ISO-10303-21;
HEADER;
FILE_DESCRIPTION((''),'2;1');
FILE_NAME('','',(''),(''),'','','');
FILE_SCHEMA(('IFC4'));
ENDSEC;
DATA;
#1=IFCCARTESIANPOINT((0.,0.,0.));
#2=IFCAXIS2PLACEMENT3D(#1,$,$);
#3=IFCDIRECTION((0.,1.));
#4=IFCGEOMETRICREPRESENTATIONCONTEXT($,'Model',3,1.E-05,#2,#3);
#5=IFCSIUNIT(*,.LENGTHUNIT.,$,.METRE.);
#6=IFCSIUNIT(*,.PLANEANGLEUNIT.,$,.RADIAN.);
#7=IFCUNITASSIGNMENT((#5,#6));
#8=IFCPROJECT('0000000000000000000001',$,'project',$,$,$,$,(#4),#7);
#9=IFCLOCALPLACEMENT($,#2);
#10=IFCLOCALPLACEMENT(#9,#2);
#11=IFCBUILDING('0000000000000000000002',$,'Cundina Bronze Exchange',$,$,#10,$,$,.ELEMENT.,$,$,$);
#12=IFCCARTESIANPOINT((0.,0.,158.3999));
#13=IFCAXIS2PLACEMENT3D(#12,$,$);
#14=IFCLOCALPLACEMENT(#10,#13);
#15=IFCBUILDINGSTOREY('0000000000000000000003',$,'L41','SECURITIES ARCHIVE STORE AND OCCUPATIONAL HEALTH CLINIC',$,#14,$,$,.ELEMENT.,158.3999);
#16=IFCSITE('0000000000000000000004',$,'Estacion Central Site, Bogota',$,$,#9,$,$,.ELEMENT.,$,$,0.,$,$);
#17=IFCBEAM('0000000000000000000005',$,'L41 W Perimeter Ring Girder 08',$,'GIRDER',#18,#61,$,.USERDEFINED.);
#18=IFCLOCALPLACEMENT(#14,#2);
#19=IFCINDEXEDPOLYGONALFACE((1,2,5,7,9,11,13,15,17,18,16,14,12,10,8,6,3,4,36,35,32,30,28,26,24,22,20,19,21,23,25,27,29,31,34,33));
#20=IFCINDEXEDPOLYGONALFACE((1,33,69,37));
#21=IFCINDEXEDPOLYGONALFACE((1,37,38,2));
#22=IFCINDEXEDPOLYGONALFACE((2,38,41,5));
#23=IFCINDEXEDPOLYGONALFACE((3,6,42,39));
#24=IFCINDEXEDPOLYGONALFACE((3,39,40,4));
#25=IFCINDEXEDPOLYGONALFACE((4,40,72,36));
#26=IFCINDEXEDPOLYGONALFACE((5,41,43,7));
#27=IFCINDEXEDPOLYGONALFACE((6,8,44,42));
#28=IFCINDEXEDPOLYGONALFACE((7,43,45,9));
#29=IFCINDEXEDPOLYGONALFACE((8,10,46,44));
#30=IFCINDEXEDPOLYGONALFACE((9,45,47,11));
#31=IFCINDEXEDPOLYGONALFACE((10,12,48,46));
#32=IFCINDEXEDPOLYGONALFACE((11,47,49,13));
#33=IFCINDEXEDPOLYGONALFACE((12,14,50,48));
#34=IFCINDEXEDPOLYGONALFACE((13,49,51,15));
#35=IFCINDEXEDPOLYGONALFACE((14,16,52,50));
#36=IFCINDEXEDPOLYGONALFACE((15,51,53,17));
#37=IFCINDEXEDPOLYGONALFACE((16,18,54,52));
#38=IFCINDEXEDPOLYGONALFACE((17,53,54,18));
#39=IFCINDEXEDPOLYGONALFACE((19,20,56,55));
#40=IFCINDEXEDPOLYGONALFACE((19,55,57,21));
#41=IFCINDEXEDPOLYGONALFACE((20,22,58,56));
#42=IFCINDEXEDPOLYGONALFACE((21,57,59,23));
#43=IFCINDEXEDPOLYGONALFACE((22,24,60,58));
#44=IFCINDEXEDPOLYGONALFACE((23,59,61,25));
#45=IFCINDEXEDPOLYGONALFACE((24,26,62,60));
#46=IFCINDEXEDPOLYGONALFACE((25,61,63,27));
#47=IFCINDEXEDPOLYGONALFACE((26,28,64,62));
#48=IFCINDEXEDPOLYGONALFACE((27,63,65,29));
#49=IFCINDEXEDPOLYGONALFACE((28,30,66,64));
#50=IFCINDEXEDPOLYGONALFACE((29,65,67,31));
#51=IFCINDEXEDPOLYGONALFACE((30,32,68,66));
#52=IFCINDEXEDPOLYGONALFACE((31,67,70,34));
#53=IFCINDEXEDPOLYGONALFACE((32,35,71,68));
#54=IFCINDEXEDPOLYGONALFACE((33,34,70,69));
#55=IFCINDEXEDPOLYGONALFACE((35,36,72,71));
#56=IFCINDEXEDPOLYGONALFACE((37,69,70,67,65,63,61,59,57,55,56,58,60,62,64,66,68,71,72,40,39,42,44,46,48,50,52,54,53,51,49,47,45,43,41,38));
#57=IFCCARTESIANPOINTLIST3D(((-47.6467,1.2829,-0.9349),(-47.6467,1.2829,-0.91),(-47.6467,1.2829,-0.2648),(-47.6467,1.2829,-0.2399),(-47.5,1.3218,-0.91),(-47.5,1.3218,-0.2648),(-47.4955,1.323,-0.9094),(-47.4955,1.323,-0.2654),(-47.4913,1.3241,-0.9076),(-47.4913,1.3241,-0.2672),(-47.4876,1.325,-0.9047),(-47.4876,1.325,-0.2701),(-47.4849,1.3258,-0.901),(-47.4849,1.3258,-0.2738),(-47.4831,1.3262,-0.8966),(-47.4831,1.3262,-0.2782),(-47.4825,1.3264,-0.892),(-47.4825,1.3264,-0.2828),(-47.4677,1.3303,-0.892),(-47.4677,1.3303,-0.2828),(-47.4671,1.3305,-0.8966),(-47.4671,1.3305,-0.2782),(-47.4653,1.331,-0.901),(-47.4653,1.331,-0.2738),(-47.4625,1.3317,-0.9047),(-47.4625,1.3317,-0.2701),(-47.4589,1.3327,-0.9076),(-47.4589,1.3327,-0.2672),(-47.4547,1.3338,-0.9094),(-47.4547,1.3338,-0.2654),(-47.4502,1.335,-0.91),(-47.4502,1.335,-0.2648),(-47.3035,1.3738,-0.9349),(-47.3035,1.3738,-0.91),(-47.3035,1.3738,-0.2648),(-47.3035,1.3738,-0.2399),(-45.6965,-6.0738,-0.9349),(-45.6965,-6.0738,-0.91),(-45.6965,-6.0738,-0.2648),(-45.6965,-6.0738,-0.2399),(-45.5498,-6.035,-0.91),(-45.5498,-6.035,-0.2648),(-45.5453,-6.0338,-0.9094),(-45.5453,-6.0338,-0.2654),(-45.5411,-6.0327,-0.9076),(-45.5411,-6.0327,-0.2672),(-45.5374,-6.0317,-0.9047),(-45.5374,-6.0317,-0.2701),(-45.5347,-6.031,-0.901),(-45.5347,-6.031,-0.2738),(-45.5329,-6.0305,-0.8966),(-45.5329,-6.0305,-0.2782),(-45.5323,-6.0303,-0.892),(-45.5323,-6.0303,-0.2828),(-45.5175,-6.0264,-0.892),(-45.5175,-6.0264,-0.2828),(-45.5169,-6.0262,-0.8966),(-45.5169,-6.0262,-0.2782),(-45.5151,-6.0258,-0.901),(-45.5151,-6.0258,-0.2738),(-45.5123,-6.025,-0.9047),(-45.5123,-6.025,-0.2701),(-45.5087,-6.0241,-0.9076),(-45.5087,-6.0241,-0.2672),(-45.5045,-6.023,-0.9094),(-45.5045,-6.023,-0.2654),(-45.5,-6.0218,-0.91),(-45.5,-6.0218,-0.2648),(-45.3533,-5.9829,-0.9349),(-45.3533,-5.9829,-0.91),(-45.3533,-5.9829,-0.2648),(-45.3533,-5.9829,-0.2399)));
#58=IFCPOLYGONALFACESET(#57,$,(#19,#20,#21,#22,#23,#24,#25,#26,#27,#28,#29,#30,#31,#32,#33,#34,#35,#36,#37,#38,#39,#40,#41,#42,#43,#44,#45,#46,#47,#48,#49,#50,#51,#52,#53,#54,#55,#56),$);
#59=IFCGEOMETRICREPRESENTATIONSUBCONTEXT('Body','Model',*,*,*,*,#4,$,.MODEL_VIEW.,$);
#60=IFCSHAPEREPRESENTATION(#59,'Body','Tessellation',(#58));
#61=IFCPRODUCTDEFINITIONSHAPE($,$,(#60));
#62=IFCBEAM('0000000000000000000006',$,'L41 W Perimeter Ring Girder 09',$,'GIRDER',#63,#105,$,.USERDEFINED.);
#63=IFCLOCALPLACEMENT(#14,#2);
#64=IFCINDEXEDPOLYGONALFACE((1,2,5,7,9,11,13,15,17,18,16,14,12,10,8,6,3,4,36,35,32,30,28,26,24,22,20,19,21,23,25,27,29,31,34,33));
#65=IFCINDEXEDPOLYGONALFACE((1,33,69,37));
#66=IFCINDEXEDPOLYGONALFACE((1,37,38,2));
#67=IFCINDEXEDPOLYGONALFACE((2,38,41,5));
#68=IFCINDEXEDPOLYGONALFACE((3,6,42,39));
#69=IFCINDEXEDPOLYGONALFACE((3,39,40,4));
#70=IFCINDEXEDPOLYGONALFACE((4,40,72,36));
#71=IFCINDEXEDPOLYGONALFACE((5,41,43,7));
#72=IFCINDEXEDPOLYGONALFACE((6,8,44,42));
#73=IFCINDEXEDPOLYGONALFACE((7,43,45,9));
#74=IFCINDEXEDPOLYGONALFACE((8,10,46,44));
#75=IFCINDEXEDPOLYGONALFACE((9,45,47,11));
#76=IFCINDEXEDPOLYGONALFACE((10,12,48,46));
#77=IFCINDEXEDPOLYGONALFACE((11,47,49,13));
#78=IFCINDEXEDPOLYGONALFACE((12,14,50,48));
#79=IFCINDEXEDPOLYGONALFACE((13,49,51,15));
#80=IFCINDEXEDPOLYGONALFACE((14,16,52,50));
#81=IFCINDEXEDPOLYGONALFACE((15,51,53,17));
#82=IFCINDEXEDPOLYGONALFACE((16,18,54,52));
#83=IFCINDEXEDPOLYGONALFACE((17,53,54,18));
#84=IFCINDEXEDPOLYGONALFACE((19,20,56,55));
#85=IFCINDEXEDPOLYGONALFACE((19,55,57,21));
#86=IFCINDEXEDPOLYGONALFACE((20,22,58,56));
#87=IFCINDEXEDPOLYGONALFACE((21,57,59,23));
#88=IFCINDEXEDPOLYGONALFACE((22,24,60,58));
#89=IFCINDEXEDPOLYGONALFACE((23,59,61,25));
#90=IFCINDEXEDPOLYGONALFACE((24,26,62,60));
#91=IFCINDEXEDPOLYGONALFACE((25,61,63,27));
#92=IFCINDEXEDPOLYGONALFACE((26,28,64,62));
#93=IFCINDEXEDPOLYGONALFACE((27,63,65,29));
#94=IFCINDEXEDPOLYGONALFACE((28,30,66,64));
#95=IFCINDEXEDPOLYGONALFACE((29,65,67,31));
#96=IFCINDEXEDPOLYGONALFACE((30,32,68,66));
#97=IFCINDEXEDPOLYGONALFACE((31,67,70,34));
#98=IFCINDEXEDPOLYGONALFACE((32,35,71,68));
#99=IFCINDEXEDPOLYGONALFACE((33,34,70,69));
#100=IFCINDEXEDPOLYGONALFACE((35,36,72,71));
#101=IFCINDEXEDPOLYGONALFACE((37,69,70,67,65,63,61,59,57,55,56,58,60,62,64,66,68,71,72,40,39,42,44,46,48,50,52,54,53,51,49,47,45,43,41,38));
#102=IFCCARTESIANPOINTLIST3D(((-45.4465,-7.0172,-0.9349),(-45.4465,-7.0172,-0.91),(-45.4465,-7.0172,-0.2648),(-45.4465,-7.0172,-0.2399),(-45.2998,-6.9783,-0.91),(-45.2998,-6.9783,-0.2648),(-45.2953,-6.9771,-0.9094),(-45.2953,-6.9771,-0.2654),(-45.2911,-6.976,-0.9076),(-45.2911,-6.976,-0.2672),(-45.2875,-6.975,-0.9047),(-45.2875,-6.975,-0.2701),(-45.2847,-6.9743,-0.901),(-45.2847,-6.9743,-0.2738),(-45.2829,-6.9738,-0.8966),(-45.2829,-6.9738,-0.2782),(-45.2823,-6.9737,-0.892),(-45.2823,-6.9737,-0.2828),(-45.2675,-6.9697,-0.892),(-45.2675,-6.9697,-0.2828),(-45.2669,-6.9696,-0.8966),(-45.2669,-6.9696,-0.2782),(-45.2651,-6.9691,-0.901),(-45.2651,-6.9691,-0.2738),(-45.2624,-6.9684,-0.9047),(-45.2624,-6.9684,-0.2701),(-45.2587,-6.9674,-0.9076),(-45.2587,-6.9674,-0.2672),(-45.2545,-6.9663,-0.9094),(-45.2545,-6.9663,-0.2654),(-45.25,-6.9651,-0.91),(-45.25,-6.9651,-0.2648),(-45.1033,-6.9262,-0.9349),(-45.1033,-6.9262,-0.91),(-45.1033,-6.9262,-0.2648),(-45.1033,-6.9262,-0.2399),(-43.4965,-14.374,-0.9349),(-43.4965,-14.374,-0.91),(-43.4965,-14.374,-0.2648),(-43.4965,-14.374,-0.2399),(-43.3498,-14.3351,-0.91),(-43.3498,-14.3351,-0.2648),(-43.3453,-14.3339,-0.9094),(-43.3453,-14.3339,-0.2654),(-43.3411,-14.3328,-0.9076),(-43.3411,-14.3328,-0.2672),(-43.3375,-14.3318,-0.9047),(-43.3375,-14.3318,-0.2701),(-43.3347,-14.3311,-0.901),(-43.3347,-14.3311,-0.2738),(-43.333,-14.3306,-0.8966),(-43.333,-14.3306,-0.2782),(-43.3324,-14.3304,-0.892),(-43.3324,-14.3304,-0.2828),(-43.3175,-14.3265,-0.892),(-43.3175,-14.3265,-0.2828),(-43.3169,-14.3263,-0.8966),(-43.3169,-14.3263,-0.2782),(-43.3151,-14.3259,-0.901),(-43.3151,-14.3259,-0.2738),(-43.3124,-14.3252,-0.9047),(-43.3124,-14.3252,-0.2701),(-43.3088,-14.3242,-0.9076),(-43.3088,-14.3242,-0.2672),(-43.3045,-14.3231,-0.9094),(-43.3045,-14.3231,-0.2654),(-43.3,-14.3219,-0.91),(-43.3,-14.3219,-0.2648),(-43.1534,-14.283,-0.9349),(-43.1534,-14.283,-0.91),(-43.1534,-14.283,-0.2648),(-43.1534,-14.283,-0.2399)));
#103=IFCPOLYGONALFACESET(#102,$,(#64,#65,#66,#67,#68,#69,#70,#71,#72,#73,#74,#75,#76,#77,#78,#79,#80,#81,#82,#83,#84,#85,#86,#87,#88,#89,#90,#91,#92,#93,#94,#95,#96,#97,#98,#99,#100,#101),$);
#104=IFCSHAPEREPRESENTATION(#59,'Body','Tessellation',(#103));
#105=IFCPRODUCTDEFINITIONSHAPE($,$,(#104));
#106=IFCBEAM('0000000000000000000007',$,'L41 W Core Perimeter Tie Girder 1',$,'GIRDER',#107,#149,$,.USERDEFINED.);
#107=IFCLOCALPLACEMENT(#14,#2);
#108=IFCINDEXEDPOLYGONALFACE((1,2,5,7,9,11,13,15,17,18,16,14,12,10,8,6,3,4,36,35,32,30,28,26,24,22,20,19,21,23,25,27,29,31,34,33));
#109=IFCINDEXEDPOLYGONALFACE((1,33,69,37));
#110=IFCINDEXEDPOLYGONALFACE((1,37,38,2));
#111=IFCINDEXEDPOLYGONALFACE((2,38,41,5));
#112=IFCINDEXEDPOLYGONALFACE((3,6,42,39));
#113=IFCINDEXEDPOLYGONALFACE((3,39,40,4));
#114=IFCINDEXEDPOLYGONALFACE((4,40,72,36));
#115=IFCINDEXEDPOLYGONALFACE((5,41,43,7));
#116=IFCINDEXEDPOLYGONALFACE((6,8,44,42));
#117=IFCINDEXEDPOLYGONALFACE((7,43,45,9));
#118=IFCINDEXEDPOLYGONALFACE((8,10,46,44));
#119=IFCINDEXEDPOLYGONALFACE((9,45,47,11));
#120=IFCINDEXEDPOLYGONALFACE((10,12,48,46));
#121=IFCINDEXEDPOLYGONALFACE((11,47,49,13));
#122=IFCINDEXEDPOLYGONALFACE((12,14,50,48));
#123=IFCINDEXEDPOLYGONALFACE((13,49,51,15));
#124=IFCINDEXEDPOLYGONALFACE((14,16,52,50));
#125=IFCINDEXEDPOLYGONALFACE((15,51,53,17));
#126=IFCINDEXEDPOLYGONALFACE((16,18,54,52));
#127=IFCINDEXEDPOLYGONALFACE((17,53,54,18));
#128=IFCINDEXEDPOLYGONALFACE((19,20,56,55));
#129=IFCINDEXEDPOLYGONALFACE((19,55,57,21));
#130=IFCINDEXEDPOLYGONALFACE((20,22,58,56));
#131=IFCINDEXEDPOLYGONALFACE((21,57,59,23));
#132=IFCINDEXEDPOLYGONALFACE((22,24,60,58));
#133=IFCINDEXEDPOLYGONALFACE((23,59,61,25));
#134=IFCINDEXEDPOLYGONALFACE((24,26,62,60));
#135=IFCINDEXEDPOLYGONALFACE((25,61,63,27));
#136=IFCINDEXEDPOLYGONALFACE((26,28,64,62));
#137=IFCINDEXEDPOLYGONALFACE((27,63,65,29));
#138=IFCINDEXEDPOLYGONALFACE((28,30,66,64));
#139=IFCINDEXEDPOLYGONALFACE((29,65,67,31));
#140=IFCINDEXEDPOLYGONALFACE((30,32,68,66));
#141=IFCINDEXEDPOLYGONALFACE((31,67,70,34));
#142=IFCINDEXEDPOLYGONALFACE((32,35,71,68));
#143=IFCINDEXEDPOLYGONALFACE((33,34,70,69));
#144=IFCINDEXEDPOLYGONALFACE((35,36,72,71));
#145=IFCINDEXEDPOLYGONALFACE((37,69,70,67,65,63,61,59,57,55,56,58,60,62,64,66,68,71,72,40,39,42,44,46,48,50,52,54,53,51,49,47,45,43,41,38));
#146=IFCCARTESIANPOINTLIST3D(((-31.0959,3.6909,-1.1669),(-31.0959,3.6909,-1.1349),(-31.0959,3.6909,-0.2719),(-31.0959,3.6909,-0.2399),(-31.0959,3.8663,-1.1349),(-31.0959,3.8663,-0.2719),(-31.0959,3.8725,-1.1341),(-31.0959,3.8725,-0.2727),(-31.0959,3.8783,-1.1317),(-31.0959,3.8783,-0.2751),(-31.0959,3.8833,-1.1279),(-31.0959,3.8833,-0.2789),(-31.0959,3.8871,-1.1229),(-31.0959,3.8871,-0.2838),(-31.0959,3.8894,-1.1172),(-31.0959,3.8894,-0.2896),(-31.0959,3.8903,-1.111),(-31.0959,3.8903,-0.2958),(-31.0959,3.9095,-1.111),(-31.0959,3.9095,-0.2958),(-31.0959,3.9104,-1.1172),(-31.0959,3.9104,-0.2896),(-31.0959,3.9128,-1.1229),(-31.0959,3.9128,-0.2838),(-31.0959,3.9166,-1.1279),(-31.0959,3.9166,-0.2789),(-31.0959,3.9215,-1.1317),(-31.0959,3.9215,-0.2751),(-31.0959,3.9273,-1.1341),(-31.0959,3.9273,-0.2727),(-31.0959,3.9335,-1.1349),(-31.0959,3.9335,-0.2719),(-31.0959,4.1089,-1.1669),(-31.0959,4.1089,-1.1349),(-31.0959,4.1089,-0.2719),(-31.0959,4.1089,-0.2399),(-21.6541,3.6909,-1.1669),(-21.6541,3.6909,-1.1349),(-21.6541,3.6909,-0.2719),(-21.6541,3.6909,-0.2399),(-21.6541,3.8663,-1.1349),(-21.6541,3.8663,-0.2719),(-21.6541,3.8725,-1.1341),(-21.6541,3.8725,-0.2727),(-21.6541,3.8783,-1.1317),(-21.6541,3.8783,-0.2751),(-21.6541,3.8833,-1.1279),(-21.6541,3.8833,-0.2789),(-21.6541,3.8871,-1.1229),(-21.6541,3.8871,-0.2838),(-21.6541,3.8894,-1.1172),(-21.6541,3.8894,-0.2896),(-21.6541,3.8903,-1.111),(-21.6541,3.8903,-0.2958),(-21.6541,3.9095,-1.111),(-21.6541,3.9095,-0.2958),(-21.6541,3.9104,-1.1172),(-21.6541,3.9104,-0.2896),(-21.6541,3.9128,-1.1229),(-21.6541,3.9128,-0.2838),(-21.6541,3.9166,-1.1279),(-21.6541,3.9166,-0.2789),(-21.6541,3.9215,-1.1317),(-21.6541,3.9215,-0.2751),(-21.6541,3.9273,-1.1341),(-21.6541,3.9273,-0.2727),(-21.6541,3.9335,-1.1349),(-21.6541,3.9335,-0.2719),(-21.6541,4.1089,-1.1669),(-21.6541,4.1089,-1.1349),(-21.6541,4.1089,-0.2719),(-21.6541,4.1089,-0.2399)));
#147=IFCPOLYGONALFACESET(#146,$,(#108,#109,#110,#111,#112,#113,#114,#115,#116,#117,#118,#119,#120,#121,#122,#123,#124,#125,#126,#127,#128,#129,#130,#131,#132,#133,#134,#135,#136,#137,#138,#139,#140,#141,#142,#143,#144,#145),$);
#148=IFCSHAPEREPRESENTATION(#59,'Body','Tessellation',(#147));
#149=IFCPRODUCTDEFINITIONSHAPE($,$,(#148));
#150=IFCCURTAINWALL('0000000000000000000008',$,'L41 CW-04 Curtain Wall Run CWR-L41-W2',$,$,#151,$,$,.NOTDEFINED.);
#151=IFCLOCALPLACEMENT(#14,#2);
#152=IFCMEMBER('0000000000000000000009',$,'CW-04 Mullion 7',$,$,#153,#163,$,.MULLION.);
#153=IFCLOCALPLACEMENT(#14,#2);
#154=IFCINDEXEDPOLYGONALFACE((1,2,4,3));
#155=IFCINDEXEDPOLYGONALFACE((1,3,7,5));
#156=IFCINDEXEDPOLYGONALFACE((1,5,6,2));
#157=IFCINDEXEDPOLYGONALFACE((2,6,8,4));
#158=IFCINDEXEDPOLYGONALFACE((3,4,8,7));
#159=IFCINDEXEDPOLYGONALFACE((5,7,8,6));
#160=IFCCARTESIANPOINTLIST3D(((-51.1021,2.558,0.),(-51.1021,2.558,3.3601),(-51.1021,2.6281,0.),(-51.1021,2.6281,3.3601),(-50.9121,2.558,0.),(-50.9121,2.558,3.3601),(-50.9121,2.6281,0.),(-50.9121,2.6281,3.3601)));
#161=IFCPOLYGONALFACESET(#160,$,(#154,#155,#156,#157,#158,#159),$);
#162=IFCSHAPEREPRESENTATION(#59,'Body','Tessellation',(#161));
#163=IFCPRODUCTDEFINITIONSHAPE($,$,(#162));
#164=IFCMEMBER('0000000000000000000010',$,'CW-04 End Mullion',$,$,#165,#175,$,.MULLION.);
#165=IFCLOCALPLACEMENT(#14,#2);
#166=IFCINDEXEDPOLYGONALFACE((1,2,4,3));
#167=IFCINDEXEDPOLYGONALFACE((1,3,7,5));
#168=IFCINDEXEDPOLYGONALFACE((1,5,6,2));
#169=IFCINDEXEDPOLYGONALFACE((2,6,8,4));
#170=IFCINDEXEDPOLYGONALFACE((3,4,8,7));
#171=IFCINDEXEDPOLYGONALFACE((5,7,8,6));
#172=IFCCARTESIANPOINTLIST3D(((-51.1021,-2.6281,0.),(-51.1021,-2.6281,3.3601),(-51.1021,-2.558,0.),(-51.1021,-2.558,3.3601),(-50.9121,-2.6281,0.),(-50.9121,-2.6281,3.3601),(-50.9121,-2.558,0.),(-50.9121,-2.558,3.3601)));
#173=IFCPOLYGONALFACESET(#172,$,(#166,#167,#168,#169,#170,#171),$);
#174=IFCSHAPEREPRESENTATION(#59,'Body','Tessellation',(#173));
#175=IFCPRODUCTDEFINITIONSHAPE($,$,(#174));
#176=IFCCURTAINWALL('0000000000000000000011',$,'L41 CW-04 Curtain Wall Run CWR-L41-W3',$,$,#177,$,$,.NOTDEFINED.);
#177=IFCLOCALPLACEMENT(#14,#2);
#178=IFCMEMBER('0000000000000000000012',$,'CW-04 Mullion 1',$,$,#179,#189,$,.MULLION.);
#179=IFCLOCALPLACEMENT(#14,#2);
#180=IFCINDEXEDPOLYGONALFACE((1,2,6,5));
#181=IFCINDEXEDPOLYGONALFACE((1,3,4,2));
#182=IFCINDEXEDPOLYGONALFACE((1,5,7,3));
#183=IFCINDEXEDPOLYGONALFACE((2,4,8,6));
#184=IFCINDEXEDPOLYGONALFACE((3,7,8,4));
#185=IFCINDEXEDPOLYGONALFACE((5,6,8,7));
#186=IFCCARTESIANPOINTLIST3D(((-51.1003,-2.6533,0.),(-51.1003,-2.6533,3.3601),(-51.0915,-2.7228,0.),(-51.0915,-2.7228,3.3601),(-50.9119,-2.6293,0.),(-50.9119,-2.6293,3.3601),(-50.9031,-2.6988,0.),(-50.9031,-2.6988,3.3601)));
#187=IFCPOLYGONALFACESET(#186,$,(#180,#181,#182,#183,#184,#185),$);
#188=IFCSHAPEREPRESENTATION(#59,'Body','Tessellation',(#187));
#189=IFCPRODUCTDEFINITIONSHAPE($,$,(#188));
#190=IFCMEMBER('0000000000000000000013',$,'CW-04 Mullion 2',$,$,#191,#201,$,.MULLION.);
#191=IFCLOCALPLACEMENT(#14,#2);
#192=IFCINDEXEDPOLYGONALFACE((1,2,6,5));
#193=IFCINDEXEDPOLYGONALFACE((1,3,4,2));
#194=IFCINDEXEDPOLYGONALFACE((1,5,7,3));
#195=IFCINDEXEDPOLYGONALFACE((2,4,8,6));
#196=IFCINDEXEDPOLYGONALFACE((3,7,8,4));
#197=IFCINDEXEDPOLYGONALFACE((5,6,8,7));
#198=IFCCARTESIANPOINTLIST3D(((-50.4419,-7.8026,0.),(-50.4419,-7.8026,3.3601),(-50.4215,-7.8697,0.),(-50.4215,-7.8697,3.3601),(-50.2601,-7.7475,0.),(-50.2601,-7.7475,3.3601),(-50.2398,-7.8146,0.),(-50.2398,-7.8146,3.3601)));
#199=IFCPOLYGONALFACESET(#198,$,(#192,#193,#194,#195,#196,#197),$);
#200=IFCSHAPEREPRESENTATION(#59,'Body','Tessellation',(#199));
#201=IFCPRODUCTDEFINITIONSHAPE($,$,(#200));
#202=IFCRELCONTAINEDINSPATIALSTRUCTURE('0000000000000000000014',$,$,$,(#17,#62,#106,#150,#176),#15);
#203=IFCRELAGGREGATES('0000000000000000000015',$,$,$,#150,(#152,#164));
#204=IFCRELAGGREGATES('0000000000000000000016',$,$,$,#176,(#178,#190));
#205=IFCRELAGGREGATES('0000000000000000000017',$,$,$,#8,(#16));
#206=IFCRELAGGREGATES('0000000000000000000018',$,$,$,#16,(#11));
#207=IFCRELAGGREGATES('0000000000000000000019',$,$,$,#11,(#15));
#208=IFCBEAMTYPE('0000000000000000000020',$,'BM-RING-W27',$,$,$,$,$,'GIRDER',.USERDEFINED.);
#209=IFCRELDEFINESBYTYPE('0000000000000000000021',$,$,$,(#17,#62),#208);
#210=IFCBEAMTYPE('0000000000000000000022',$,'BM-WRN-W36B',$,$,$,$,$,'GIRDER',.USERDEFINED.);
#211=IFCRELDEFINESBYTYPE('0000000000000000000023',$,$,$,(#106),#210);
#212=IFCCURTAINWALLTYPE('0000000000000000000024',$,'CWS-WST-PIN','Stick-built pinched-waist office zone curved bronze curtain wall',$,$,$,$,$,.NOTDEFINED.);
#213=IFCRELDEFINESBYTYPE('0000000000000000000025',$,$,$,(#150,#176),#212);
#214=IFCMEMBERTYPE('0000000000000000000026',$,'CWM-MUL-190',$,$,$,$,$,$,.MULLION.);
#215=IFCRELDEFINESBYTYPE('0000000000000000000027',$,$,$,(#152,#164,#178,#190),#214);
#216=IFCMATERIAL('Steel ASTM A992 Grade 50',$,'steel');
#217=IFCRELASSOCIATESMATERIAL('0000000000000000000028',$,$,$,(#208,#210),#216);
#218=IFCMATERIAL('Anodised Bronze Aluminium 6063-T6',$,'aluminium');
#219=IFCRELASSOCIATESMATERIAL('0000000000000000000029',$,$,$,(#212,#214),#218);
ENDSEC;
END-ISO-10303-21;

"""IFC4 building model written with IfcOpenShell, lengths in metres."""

from ifc_helpers import new_model, si_unit, direction, frame, origin, origin_2d, place, context, subcontext, project, spatial, rectangle, i_section, extrude, material, material_profile, profile_set, type_object, element, aggregate, save


model = new_model("IFC4")

# Units and contexts
model_context = context("Model", 3, precision=1e-05, world=origin(), true_north=direction((0.0, 1.0)))
body_context = subcontext(model_context, "Body", "Model", "MODEL_VIEW")
ifc_project = project(units=[si_unit("LENGTHUNIT", "METRE"), si_unit("PLANEANGLEUNIT", "RADIAN")], contexts=[model_context])

# Site, building, storey
site_placement = place(None, origin())
site = spatial("IfcSite", under=ifc_project, at=site_placement, Name="Estacion Central Site, Bogota", CompositionType="ELEMENT", RefElevation=0.0)
building_placement = place(site_placement, origin())
building = spatial("IfcBuilding", under=site, at=building_placement, Name="Cundina Bronze Exchange", CompositionType="ELEMENT")
storey_placement = place(building_placement, frame((0.0, 0.0, 158.3999)))
storey = spatial("IfcBuildingStorey", under=building, at=storey_placement, Name="L41", Description="SECURITIES ARCHIVE STORE AND OCCUPATIONAL HEALTH CLINIC", CompositionType="ELEMENT", Elevation=158.3999)

# Shared definitions
ifc_material_1 = material(Name="Steel ASTM A992 Grade 50", Category="steel")

# Beams
ifc_material_profile_1 = material_profile(ifc_material_1, i_section(OverallWidth=0.355, OverallDepth=0.6951, WebThickness=0.0154, FlangeThickness=0.0249, FilletRadius=0.0181, at=origin_2d()), Name="W27X146", Category="steel")
ifc_profile_set_1 = profile_set([ifc_material_profile_1], Name="Steel ASTM A992 Grade 50")
beam_type_1 = type_object("IfcBeamType", Name="BM-RING-W27", ElementType="GIRDER", PredefinedType="USERDEFINED", material=ifc_profile_set_1)
for number, where, z_axis, x_axis, name in (
    (1, (-47.4751, 1.3284, -0.5874), (0.256241, -0.966613, 0.0), (0.966613, 0.256241, 0.0), "L41 W Perimeter Ring Girder 08"),
    (2, (-45.2749, -6.9717, -0.5874), (0.256211, -0.966621, 0.0), (0.966621, 0.256211, 0.0), "L41 W Perimeter Ring Girder 09"),
):
    element("IfcBeam", number, at=place(storey_placement, frame(where, z_axis=z_axis, x_axis=x_axis)), inside=storey, type_object=beam_type_1, Name=name, ObjectType="GIRDER", PredefinedType="USERDEFINED", context=body_context, shape_type="SweptSolid", body=[
        extrude(i_section(OverallWidth=0.355, OverallDepth=0.6951, WebThickness=0.0154, FlangeThickness=0.0249, FilletRadius=0.0181, at=origin_2d()), origin(), (0.0, 0.0, 1.0), 7.6108),
    ])
ifc_material_profile_2 = material_profile(ifc_material_1, i_section(OverallWidth=0.418, OverallDepth=0.927, WebThickness=0.0193, FlangeThickness=0.032, FilletRadius=0.0239, at=origin_2d()), Name="W36X231", Category="steel")
ifc_profile_set_2 = profile_set([ifc_material_profile_2], Name="Steel ASTM A992 Grade 50")
beam_type_2 = type_object("IfcBeamType", Name="BM-WRN-W36B", ElementType="GIRDER", PredefinedType="USERDEFINED", material=ifc_profile_set_2)
beam_1_placement = place(storey_placement, frame((-31.0959, 3.8999, -0.7034), z_axis=(1.0, 0.0, 0.0), x_axis=(0.0, 1.0, 0.0)))
element("IfcBeam", 3, at=beam_1_placement, inside=storey, type_object=beam_type_2, Name="L41 W Core Perimeter Tie Girder 1", ObjectType="GIRDER", PredefinedType="USERDEFINED", context=body_context, shape_type="SweptSolid", body=[
    extrude(i_section(OverallWidth=0.418, OverallDepth=0.927, WebThickness=0.0193, FlangeThickness=0.032, FilletRadius=0.0239, at=origin_2d()), origin(), (0.0, 0.0, 1.0), 9.4419),
])

# Curtain walls, members
ifc_material_2 = material(Name="Anodised Bronze Aluminium 6063-T6", Category="aluminium")
curtain_wall_type = type_object("IfcCurtainWallType", Name="CWS-WST-PIN", Description="Stick-built pinched-waist office zone curved bronze curtain wall", PredefinedType="NOTDEFINED", material=ifc_material_2)
curtain_wall_1_placement = place(storey_placement, origin())
curtain_wall_1 = element("IfcCurtainWall", 4, at=curtain_wall_1_placement, inside=storey, type_object=curtain_wall_type, Name="L41 CW-04 Curtain Wall Run CWR-L41-W2", PredefinedType="NOTDEFINED")
ifc_material_profile_3 = material_profile(ifc_material_2, rectangle(XDim=0.0701, YDim=0.1899, at=origin_2d()), Name="AL70X190", Category="aluminium")
ifc_profile_set_3 = profile_set([ifc_material_profile_3], Name="Anodised Bronze Aluminium 6063-T6")
member_type_1 = type_object("IfcMemberType", Name="CWM-MUL-190", PredefinedType="MULLION", material=ifc_profile_set_3)
member_1_placement = place(storey_placement, frame((-51.0071, 2.593, 0.0), z_axis=(0.0, 0.0, 1.0), x_axis=(0.0, -1.0, 0.0)))
member_1 = element("IfcMember", 5, at=member_1_placement, type_object=member_type_1, Name="CW-04 Mullion 7", PredefinedType="MULLION", context=body_context, shape_type="SweptSolid", body=[
    extrude(rectangle(XDim=0.0701, YDim=0.1899, at=origin_2d()), origin(), (0.0, 0.0, 1.0), 3.3601),
])
member_2_placement = place(storey_placement, frame((-51.0071, -2.593, 0.0), z_axis=(0.0, 0.0, 1.0), x_axis=(0.0, -1.0, 0.0)))
member_2 = element("IfcMember", 6, at=member_2_placement, type_object=member_type_1, Name="CW-04 End Mullion", PredefinedType="MULLION", context=body_context, shape_type="SweptSolid", body=[
    extrude(rectangle(XDim=0.0701, YDim=0.1899, at=origin_2d()), origin(), (0.0, 0.0, 1.0), 3.3601),
])
curtain_wall_2_placement = place(storey_placement, origin())
curtain_wall_2 = element("IfcCurtainWall", 7, at=curtain_wall_2_placement, inside=storey, type_object=curtain_wall_type, Name="L41 CW-04 Curtain Wall Run CWR-L41-W3", PredefinedType="NOTDEFINED")
member_3_placement = place(storey_placement, frame((-51.0017, -2.676, 0.0), z_axis=(0.0, 0.0, 1.0), x_axis=(0.126545, -0.991961, 0.0)))
member_3 = element("IfcMember", 8, at=member_3_placement, type_object=member_type_1, Name="CW-04 Mullion 1", PredefinedType="MULLION", context=body_context, shape_type="SweptSolid", body=[
    extrude(rectangle(XDim=0.0701, YDim=0.1899, at=origin_2d()), origin(), (0.0, 0.0, 1.0), 3.3601),
])
member_4_placement = place(storey_placement, frame((-50.3408, -7.8086, 0.0), z_axis=(0.0, 0.0, 1.0), x_axis=(0.290034, -0.957016, 0.0)))
member_4 = element("IfcMember", 9, at=member_4_placement, type_object=member_type_1, Name="CW-04 Mullion 2", PredefinedType="MULLION", context=body_context, shape_type="SweptSolid", body=[
    extrude(rectangle(XDim=0.0701, YDim=0.1899, at=origin_2d()), origin(), (0.0, 0.0, 1.0), 3.3601),
])

aggregate(curtain_wall_1, [member_1, member_2])
aggregate(curtain_wall_2, [member_3, member_4])

save(model, "model.ifc")
